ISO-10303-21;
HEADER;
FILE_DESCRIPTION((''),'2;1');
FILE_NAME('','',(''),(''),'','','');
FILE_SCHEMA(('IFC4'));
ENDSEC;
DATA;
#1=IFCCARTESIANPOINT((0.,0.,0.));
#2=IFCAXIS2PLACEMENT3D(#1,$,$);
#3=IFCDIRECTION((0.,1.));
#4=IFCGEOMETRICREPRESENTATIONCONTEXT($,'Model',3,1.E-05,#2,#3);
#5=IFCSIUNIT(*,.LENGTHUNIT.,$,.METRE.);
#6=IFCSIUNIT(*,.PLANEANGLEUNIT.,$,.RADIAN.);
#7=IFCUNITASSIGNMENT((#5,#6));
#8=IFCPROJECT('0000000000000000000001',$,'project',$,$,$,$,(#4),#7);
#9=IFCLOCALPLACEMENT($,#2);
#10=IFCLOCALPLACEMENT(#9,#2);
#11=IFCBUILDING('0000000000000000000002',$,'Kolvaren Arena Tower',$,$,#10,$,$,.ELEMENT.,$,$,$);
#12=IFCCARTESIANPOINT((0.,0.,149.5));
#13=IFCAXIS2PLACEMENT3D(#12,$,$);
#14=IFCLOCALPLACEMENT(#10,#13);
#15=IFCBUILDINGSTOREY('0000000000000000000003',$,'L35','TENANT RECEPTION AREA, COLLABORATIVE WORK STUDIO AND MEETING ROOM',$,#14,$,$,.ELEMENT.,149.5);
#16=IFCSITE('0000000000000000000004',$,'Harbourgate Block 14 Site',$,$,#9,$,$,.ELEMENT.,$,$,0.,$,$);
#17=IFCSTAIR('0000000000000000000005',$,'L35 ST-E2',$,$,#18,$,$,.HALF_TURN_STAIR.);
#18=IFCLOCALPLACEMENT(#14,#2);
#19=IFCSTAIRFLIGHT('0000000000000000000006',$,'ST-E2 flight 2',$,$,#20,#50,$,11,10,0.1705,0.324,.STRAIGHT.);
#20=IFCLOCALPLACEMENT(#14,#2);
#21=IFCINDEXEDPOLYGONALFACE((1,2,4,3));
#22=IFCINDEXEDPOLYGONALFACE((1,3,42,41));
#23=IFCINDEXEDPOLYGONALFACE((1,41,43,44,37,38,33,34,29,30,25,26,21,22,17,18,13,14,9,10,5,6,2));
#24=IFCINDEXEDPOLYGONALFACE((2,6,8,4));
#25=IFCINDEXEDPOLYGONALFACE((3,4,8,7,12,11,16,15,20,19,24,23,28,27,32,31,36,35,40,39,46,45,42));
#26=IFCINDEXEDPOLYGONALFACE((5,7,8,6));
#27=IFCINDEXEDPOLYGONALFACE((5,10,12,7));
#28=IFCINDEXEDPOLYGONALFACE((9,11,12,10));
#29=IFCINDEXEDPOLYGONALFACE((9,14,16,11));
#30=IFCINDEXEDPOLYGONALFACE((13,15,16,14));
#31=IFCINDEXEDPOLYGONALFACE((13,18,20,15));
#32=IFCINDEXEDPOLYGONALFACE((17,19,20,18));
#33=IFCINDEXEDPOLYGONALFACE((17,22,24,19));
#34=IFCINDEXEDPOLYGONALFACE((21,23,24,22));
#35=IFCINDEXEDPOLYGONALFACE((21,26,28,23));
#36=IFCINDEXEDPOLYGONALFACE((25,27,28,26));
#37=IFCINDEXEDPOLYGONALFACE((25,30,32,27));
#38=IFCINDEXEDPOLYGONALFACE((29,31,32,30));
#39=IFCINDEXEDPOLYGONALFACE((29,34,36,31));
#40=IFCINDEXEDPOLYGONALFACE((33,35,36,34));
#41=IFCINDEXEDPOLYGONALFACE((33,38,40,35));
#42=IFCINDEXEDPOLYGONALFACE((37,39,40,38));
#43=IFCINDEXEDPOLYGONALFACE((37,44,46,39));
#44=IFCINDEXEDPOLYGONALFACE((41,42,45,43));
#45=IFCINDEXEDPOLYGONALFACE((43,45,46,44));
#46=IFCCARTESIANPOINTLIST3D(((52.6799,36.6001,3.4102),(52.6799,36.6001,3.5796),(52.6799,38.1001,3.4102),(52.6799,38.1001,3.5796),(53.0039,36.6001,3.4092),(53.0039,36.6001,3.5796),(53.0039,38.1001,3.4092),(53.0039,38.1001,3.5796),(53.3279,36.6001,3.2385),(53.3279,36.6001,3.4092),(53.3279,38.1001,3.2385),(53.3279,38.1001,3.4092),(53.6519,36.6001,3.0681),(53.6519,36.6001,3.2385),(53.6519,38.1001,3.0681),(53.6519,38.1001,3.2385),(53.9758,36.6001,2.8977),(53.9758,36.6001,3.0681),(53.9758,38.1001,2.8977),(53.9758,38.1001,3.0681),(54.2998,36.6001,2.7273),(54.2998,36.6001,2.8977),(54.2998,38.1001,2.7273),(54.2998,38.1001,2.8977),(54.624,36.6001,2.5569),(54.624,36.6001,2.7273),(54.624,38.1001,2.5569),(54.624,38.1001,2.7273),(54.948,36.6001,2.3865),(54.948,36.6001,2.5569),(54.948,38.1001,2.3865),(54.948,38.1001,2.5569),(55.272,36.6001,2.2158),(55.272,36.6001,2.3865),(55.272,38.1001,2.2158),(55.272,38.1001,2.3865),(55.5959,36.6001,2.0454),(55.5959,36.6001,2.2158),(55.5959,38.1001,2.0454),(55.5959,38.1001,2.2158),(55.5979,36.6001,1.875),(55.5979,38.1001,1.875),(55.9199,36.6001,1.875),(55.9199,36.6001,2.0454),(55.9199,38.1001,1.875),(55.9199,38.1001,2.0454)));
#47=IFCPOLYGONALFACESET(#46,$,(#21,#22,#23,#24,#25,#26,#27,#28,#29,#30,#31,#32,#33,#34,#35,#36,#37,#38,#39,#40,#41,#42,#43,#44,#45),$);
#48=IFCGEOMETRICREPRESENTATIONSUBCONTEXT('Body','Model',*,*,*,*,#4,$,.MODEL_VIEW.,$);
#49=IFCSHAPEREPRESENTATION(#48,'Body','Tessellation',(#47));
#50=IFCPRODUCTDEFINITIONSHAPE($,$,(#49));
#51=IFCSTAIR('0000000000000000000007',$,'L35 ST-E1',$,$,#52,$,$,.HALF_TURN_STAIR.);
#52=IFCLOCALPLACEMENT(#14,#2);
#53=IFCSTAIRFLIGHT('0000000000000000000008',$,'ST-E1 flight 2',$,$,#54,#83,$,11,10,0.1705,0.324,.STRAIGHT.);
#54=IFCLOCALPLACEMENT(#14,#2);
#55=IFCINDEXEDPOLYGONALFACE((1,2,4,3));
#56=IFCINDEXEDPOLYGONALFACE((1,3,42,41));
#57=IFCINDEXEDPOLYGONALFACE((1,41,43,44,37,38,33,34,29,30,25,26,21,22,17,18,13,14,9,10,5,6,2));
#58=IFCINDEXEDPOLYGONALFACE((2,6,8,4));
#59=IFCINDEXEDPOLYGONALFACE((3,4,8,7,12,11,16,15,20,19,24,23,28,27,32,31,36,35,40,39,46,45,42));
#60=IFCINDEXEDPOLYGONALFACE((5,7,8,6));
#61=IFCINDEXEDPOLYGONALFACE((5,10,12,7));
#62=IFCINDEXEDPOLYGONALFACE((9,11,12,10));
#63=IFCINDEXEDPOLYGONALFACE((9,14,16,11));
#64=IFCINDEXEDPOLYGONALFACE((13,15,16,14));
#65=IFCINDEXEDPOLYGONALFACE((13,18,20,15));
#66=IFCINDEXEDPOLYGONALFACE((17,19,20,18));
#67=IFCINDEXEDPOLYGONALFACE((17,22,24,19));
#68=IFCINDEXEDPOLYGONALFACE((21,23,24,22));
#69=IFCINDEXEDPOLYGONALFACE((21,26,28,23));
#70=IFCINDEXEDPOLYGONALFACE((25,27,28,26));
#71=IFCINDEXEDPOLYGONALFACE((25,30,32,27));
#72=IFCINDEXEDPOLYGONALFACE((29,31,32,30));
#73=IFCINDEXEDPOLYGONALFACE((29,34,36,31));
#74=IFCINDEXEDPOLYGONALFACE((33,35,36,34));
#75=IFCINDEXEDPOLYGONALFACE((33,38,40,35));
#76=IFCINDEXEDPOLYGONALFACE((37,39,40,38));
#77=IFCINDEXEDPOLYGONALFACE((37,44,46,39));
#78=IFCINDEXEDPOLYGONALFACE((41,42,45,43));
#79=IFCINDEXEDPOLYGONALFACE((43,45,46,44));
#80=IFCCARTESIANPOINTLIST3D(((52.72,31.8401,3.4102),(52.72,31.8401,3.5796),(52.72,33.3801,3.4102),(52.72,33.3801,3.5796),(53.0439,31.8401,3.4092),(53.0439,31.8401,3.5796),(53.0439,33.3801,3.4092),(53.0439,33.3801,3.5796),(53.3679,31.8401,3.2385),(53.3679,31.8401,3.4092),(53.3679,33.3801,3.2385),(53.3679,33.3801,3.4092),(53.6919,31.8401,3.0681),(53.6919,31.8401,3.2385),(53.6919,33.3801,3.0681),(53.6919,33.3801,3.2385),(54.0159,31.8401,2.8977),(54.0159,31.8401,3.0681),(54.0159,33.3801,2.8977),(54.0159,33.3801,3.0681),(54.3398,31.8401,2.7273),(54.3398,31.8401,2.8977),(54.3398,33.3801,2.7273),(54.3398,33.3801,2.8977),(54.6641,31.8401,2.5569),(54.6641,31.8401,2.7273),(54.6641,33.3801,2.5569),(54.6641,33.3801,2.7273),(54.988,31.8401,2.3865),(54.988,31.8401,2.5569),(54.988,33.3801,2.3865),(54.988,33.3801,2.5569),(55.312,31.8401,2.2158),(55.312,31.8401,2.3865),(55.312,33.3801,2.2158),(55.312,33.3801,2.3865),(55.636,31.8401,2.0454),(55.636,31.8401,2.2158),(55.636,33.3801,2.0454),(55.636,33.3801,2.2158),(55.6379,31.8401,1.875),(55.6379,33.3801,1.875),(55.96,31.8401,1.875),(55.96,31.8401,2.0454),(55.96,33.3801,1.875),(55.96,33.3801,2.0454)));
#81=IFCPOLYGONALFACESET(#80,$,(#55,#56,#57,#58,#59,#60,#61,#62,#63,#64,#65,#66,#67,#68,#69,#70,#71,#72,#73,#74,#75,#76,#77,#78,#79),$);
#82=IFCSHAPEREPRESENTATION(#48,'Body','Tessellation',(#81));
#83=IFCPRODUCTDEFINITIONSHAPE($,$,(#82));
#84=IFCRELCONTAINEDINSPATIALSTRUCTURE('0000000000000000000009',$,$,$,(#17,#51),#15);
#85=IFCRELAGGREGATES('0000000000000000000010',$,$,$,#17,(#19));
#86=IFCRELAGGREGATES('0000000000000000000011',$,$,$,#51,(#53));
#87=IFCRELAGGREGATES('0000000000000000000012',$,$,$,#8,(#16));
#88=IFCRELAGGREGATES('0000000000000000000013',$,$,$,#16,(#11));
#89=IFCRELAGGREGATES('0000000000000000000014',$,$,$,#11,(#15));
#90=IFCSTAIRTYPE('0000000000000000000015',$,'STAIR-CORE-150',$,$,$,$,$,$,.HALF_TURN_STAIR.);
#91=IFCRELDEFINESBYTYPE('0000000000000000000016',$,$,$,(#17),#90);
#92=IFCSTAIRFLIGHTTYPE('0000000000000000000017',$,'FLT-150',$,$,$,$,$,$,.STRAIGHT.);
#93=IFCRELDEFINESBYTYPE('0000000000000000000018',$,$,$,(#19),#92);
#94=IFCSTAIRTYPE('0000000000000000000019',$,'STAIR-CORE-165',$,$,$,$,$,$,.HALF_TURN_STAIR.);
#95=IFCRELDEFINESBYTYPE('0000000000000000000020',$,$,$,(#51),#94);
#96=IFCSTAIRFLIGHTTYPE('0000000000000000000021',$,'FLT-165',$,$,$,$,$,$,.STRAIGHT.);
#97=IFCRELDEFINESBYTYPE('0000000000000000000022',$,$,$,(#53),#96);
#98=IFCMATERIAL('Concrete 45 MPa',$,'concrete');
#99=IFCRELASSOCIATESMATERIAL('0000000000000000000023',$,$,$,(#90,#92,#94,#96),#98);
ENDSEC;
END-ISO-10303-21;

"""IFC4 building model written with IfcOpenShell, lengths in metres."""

from ifc_helpers import new_model, si_unit, direction, frame, origin, place, context, subcontext, project, spatial, polyline, outline, extrude, material, type_object, element, aggregate, save


model = new_model("IFC4")

# Units and contexts
model_context = context("Model", 3, precision=1e-05, world=origin(), true_north=direction((0.0, 1.0)))
body_context = subcontext(model_context, "Body", "Model", "MODEL_VIEW")
ifc_project = project(units=[si_unit("LENGTHUNIT", "METRE"), si_unit("PLANEANGLEUNIT", "RADIAN")], contexts=[model_context])

# Site, building, storey
site_placement = place(None, origin())
site = spatial("IfcSite", under=ifc_project, at=site_placement, Name="Harbourgate Block 14 Site", CompositionType="ELEMENT", RefElevation=0.0)
building_placement = place(site_placement, origin())
building = spatial("IfcBuilding", under=site, at=building_placement, Name="Kolvaren Arena Tower", CompositionType="ELEMENT")
storey_placement = place(building_placement, frame((0.0, 0.0, 149.5)))
storey = spatial("IfcBuildingStorey", under=building, at=storey_placement, Name="L35", Description="TENANT RECEPTION AREA, COLLABORATIVE WORK STUDIO AND MEETING ROOM", CompositionType="ELEMENT", Elevation=149.5)

# Shared definitions
ifc_material_1 = material(Name="Concrete 45 MPa", Category="concrete")

# Stairs, stair flights
stair_type_1 = type_object("IfcStairType", Name="STAIR-CORE-150", PredefinedType="HALF_TURN_STAIR", material=ifc_material_1)
stair_1_placement = place(storey_placement, origin())
stair_1 = element("IfcStair", 1, at=stair_1_placement, inside=storey, type_object=stair_type_1, Name="L35 ST-E2", PredefinedType="HALF_TURN_STAIR")
stair_flight_type_1 = type_object("IfcStairFlightType", Name="FLT-150", PredefinedType="STRAIGHT", material=ifc_material_1)
stair_flight_1_placement = place(storey_placement, frame((55.9199, 37.3501, 1.875), z_axis=(0.0, 0.0, 1.0), x_axis=(-1.0, 0.0, 0.0)))
stair_flight_1 = element("IfcStairFlight", 2, at=stair_flight_1_placement, type_object=stair_flight_type_1, Name="ST-E2 flight 2", NumberOfRisers=11, NumberOfTreads=10, PredefinedType="STRAIGHT", RiserHeight=0.1705, TreadLength=0.324, context=body_context, shape_type="SweptSolid", body=[
    extrude(outline(polyline([(0.0, 0.0), (0.0, 0.1704), (0.324, 0.1704), (0.324, 0.3408), (0.6479, 0.3408), (0.6479, 0.5115), (0.9719, 0.5115), (0.9719, 0.6819), (1.2959, 0.6819), (1.2959, 0.8523), (1.6201, 0.8523), (1.6201, 1.0227), (1.9441, 1.0227), (1.9441, 1.1931), (2.2681, 1.1931), (2.2681, 1.3635), (2.592, 1.3635), (2.592, 1.5342), (2.916, 1.5342), (2.916, 1.7046), (3.24, 1.7046), (3.24, 1.875), (3.24, 1.5352), (0.322, 0.0), (0.0, 0.0)])), frame((0.0, 0.75, 0.0), z_axis=(0.0, -1.0, 0.0), x_axis=(1.0, 0.0, 0.0)), (0.0, 0.0, 1.0), 1.5),
])
aggregate(stair_1, [stair_flight_1])
stair_type_2 = type_object("IfcStairType", Name="STAIR-CORE-165", PredefinedType="HALF_TURN_STAIR", material=ifc_material_1)
stair_2_placement = place(storey_placement, origin())
stair_2 = element("IfcStair", 3, at=stair_2_placement, inside=storey, type_object=stair_type_2, Name="L35 ST-E1", PredefinedType="HALF_TURN_STAIR")
stair_flight_type_2 = type_object("IfcStairFlightType", Name="FLT-165", PredefinedType="STRAIGHT", material=ifc_material_1)
stair_flight_2_placement = place(storey_placement, frame((55.96, 32.6101, 1.875), z_axis=(0.0, 0.0, 1.0), x_axis=(-1.0, 0.0, 0.0)))
stair_flight_2 = element("IfcStairFlight", 4, at=stair_flight_2_placement, type_object=stair_flight_type_2, Name="ST-E1 flight 2", NumberOfRisers=11, NumberOfTreads=10, PredefinedType="STRAIGHT", RiserHeight=0.1705, TreadLength=0.324, context=body_context, shape_type="SweptSolid", body=[
    extrude(outline(polyline([(0.0, 0.0), (0.0, 0.1704), (0.324, 0.1704), (0.324, 0.3408), (0.6479, 0.3408), (0.6479, 0.5115), (0.9719, 0.5115), (0.9719, 0.6819), (1.2959, 0.6819), (1.2959, 0.8523), (1.6201, 0.8523), (1.6201, 1.0227), (1.9441, 1.0227), (1.9441, 1.1931), (2.2681, 1.1931), (2.2681, 1.3635), (2.592, 1.3635), (2.592, 1.5342), (2.916, 1.5342), (2.916, 1.7046), (3.24, 1.7046), (3.24, 1.875), (3.24, 1.5352), (0.322, 0.0), (0.0, 0.0)])), frame((0.0, 0.77, 0.0), z_axis=(0.0, -1.0, 0.0), x_axis=(1.0, 0.0, 0.0)), (0.0, 0.0, 1.0), 1.54),
])
aggregate(stair_2, [stair_flight_2])

save(model, "model.ifc")
